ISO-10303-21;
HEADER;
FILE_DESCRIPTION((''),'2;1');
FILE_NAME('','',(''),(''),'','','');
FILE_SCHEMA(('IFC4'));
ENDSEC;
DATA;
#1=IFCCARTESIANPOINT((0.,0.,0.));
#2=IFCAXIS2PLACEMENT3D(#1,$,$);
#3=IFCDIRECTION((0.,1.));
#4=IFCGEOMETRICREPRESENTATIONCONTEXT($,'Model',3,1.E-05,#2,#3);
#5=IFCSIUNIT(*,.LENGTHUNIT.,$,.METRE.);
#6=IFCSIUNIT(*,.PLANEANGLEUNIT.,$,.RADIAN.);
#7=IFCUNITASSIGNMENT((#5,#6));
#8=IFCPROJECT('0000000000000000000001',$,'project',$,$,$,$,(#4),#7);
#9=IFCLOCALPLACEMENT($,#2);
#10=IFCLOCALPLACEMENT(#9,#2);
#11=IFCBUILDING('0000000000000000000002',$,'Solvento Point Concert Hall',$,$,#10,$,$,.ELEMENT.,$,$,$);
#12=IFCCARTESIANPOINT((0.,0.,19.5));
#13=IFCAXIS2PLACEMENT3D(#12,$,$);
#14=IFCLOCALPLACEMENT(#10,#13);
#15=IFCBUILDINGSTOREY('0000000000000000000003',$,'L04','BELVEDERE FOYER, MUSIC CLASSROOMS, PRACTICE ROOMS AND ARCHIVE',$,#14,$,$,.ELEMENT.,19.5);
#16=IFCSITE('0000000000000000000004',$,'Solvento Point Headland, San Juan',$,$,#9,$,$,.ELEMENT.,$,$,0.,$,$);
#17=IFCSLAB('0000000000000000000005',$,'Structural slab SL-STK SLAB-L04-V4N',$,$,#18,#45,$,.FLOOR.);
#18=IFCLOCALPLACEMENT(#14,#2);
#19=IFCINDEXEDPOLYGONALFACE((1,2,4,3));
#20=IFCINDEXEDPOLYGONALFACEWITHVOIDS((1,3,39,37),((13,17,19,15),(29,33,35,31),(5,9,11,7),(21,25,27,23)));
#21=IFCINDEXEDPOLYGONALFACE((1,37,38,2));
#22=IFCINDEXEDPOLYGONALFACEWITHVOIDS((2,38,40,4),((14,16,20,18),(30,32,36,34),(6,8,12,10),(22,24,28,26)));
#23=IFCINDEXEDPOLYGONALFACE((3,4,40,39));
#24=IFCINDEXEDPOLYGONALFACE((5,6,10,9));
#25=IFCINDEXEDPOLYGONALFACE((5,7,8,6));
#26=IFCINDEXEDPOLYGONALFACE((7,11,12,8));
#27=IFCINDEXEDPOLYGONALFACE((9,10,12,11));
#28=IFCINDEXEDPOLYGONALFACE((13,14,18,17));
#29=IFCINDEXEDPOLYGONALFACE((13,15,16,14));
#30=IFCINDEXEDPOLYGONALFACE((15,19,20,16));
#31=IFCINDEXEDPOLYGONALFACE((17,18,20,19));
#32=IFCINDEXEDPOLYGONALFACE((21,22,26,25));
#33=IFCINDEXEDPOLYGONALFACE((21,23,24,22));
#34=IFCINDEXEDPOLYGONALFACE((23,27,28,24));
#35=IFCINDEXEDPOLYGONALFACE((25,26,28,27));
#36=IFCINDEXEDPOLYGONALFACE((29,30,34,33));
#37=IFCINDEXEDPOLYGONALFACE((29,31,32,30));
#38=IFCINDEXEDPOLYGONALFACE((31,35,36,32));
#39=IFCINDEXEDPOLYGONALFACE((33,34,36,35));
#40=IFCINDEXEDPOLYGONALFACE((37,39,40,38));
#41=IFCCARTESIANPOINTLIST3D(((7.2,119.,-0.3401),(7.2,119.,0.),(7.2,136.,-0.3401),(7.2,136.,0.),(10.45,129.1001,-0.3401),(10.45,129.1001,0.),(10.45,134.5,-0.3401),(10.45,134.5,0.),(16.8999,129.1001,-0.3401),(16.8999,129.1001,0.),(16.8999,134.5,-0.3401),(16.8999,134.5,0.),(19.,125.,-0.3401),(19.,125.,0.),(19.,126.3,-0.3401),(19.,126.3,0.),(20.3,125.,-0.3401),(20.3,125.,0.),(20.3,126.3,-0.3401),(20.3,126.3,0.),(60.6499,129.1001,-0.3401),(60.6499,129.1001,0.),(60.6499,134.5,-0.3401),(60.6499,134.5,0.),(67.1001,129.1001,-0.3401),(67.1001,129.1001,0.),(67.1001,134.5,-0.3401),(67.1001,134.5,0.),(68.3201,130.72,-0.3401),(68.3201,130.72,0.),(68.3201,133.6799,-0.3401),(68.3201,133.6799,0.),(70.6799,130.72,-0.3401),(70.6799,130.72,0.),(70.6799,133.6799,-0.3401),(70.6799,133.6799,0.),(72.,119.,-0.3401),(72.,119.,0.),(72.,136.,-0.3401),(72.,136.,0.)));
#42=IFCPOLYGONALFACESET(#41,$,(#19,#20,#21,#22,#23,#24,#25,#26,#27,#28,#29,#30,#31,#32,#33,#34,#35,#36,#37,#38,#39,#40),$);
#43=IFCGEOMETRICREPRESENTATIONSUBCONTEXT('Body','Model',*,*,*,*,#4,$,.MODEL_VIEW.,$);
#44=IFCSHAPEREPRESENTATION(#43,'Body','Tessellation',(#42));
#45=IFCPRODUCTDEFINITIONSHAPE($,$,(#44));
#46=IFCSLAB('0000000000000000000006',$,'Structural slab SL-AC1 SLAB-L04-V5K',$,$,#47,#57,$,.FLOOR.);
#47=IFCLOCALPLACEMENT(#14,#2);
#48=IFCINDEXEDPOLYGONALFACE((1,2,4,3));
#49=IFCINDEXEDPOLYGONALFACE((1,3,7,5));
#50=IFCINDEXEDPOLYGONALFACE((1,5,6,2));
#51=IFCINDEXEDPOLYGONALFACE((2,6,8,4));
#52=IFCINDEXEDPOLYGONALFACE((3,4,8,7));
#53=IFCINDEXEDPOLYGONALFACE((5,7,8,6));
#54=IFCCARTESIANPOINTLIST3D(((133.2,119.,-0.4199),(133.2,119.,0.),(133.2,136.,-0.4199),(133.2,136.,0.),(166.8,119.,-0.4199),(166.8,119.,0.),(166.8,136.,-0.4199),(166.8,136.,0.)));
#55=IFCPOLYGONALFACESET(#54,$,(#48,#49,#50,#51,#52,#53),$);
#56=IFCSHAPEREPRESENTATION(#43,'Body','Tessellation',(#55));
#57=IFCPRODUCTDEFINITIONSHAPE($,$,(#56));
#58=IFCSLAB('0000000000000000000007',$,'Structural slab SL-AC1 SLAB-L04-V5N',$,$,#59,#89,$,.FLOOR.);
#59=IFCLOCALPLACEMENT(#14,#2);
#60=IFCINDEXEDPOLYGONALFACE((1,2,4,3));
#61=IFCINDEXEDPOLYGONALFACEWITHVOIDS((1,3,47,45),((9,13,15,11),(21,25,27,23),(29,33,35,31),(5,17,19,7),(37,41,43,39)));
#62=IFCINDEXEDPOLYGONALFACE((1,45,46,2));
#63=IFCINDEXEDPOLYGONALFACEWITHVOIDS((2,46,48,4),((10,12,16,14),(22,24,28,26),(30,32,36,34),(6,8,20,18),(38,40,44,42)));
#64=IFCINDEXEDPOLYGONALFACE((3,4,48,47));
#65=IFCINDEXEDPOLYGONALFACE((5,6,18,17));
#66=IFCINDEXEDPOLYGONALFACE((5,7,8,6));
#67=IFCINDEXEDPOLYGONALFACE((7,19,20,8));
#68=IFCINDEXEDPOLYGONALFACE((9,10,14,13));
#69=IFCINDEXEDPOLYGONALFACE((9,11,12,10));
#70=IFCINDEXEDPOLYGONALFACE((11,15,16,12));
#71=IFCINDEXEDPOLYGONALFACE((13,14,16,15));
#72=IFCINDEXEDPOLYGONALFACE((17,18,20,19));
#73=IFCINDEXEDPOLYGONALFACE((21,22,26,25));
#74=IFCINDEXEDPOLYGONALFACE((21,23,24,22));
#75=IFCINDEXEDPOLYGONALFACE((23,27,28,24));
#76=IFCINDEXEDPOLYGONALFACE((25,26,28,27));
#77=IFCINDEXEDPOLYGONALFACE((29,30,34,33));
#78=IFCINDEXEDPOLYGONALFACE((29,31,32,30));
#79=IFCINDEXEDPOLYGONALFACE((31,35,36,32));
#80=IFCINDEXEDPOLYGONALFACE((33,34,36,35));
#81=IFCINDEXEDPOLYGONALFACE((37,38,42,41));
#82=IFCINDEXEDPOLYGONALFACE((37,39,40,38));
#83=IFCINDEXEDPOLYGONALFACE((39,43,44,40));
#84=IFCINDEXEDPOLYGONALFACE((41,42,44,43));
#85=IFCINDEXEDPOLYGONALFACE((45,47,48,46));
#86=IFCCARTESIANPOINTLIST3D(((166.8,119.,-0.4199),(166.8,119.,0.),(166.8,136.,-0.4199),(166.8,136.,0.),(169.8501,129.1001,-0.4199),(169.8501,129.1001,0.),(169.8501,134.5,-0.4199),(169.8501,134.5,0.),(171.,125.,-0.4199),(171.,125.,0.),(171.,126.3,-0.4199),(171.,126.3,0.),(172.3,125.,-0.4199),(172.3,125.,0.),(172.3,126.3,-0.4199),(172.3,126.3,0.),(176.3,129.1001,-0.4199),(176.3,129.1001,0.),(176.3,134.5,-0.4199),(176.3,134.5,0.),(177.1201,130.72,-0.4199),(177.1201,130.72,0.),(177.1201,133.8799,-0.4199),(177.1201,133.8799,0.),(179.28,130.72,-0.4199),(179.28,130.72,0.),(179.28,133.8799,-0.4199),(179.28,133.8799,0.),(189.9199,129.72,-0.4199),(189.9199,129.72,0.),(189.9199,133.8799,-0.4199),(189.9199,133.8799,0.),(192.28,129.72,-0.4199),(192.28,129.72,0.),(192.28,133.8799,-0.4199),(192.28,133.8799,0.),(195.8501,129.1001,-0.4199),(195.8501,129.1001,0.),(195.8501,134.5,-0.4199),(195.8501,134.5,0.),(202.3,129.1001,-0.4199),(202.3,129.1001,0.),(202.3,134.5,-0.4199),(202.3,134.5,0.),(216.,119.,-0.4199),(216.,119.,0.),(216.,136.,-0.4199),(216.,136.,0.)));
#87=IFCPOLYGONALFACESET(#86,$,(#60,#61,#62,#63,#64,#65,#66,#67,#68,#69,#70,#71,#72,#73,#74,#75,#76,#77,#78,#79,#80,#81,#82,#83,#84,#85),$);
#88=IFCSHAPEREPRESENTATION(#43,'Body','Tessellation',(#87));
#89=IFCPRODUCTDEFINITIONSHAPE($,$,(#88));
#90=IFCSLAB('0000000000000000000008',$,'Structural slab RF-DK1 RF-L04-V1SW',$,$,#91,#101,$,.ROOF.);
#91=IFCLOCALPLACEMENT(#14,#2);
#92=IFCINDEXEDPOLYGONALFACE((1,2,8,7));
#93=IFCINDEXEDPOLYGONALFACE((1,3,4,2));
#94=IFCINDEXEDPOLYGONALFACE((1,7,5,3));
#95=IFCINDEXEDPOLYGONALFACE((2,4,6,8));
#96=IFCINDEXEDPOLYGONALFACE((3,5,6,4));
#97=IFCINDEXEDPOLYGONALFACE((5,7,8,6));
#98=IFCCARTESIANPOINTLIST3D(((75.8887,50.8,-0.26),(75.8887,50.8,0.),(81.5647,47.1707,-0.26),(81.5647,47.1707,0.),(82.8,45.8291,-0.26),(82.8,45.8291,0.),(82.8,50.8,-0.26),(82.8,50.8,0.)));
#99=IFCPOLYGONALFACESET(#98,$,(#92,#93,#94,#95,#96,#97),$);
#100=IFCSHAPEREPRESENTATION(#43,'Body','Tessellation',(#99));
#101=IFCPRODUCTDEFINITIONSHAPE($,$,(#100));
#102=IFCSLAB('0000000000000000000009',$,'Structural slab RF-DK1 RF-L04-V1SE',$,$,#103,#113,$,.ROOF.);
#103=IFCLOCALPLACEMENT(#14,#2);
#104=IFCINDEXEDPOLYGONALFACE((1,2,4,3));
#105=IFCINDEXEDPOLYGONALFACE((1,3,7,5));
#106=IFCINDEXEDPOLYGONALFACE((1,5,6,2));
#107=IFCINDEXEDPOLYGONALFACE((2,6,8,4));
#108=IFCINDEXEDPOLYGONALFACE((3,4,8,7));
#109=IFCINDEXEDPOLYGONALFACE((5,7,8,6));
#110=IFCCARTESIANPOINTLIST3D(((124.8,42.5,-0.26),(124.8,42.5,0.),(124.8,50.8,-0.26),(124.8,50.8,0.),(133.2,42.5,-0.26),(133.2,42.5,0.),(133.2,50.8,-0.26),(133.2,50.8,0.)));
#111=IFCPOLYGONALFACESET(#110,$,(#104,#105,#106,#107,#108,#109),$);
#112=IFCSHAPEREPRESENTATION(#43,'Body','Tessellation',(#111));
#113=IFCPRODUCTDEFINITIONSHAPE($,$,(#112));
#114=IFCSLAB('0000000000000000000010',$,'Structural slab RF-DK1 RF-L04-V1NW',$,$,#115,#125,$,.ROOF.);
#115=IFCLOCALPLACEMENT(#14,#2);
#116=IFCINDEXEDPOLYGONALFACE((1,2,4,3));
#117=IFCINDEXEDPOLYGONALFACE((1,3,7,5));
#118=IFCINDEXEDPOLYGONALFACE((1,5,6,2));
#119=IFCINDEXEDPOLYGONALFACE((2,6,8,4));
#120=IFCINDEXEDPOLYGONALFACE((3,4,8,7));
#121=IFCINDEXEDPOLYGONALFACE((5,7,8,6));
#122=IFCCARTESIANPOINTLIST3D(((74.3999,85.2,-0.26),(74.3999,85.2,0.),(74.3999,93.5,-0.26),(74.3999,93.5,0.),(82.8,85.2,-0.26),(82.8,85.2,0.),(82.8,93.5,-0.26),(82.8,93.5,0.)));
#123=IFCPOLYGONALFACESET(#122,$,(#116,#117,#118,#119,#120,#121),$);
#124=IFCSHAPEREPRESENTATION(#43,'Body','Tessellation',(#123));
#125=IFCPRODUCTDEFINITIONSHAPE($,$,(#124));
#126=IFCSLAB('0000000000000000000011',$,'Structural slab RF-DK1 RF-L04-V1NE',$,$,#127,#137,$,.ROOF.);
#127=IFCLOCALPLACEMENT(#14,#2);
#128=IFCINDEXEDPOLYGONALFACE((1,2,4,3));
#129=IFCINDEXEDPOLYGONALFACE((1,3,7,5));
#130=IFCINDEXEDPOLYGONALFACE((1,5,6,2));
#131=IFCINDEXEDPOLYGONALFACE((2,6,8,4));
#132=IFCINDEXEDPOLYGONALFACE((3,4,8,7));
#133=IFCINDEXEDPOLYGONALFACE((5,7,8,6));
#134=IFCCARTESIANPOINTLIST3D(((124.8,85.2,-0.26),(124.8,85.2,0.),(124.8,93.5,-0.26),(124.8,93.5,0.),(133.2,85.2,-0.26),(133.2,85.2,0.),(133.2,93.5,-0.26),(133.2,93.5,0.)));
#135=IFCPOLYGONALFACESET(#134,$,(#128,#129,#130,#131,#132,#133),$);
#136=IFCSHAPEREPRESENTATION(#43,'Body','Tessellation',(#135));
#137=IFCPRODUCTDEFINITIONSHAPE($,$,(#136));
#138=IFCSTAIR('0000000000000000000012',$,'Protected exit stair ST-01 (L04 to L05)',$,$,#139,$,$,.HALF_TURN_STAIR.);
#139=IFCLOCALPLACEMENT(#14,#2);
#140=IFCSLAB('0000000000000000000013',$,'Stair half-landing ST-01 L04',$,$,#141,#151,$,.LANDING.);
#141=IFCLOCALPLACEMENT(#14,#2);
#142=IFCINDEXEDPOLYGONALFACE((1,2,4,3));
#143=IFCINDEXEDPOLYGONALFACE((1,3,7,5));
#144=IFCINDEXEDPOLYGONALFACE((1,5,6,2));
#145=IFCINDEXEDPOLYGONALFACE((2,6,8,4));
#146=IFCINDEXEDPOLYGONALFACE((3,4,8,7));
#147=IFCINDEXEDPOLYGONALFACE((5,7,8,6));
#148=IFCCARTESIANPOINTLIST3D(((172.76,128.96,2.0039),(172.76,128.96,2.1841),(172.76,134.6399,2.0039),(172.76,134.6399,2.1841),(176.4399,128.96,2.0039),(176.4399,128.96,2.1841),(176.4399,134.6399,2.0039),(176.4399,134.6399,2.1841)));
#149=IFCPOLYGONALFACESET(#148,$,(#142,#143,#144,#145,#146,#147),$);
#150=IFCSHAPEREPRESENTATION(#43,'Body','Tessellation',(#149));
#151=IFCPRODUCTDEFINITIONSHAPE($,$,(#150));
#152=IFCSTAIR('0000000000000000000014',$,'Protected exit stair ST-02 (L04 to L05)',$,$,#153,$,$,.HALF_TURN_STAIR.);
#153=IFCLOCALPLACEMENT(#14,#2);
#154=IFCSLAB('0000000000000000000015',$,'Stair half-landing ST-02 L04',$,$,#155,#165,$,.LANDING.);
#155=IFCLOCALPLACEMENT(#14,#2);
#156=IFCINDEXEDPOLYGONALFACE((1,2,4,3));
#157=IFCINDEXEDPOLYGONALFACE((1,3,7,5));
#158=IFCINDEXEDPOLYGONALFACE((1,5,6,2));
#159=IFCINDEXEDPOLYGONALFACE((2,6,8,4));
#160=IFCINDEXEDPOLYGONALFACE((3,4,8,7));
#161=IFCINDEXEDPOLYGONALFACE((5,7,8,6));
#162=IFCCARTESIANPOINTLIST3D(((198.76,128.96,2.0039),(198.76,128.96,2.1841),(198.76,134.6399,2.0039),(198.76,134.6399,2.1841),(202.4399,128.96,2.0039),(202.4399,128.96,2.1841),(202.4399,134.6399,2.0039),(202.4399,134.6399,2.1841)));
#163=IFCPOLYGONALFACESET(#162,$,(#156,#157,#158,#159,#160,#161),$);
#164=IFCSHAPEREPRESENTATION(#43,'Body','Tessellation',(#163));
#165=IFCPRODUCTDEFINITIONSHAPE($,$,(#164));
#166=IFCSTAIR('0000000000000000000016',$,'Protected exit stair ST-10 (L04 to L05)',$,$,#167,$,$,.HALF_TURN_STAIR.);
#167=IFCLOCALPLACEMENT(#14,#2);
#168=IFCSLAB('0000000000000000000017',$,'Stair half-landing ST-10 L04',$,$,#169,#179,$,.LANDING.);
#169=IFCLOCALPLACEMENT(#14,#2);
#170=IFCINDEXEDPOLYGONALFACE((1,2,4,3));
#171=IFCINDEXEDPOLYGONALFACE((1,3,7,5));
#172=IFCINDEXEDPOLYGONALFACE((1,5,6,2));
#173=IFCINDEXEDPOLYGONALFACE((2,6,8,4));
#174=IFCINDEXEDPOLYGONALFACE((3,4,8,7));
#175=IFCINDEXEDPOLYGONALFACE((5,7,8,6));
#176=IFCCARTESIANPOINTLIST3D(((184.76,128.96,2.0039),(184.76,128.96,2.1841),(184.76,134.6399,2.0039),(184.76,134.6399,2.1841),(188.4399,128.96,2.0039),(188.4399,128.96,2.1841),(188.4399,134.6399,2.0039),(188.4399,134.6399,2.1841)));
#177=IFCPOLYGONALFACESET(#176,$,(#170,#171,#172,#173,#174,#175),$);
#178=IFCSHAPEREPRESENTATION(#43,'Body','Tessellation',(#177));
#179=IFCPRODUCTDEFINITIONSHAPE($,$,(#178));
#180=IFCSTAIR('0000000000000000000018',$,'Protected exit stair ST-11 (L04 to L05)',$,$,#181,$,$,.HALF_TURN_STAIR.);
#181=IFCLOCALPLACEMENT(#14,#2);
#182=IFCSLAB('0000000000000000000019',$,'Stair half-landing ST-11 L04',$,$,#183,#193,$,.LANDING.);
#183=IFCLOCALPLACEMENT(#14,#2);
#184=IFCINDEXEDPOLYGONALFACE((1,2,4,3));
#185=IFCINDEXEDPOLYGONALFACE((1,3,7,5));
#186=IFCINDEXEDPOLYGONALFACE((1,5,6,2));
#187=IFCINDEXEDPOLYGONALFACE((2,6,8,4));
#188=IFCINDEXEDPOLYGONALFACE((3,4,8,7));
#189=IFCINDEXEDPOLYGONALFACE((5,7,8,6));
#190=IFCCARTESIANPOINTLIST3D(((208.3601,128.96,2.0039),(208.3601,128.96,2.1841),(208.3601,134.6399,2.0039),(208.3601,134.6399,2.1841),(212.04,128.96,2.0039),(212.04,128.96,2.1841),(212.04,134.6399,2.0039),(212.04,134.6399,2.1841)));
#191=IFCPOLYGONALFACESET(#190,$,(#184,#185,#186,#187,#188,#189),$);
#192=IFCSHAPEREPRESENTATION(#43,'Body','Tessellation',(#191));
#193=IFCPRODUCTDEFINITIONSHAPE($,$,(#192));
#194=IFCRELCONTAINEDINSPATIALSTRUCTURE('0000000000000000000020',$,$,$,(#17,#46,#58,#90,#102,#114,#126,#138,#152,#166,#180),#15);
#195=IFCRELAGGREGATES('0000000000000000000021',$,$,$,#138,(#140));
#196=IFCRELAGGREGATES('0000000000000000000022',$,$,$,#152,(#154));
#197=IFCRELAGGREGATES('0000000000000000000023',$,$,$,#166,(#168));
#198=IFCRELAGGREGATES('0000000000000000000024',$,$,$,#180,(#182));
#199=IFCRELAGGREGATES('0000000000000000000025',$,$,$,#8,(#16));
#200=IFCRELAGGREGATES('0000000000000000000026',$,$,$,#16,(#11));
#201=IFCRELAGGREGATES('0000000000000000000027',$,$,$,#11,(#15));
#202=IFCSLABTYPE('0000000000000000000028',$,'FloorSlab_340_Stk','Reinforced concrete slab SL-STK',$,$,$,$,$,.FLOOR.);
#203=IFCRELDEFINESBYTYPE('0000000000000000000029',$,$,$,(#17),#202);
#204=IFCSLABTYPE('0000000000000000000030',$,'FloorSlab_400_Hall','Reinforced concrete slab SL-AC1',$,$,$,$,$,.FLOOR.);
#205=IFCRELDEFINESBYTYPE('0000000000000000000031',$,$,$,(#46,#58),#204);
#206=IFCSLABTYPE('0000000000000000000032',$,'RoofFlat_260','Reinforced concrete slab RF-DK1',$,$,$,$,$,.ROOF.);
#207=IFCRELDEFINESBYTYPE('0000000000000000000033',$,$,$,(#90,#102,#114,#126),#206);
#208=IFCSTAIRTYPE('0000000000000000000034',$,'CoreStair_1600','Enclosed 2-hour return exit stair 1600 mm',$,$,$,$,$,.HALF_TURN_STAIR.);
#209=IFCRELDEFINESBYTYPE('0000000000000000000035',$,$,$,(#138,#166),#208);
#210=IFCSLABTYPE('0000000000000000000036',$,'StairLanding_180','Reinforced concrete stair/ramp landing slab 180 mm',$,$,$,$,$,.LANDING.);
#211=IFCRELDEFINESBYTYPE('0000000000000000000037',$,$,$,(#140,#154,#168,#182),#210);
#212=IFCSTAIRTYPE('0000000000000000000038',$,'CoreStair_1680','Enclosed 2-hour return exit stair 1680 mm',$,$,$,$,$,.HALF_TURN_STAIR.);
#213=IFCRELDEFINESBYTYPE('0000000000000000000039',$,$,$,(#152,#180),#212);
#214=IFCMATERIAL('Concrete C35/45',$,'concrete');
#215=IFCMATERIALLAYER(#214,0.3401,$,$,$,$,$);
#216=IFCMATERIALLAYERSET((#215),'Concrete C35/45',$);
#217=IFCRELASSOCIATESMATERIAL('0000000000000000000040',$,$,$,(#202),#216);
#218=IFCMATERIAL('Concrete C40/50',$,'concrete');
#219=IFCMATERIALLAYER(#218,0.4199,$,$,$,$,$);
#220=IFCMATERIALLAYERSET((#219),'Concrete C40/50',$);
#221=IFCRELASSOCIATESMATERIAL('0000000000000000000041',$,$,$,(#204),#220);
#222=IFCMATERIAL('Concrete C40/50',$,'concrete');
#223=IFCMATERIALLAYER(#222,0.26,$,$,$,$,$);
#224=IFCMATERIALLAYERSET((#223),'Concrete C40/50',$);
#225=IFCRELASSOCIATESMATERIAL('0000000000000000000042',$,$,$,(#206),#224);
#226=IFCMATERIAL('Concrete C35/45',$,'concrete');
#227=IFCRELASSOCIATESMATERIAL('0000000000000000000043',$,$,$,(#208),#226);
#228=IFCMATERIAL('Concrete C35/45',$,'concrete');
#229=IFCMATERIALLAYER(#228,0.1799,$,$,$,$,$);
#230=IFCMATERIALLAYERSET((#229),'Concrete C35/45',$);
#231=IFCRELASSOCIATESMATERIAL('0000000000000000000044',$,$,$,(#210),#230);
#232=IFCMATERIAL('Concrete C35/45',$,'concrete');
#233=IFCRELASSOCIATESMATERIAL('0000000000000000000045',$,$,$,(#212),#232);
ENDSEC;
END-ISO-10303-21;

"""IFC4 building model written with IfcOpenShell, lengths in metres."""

from ifc_helpers import new_model, si_unit, direction, frame, origin, place, context, subcontext, project, spatial, polyline, outline, extrude, material, layer, layer_set, type_object, element, aggregate, save


model = new_model("IFC4")

# Units and contexts
model_context = context("Model", 3, precision=1e-05, world=origin(), true_north=direction((0.0, 1.0)))
body_context = subcontext(model_context, "Body", "Model", "MODEL_VIEW")
ifc_project = project(units=[si_unit("LENGTHUNIT", "METRE"), si_unit("PLANEANGLEUNIT", "RADIAN")], contexts=[model_context])

# Site, building, storey
site_placement = place(None, origin())
site = spatial("IfcSite", under=ifc_project, at=site_placement, Name="Solvento Point Headland, San Juan", CompositionType="ELEMENT", RefElevation=0.0)
building_placement = place(site_placement, origin())
building = spatial("IfcBuilding", under=site, at=building_placement, Name="Solvento Point Concert Hall", CompositionType="ELEMENT")
storey_placement = place(building_placement, frame((0.0, 0.0, 19.5)))
storey = spatial("IfcBuildingStorey", under=building, at=storey_placement, Name="L04", Description="BELVEDERE FOYER, MUSIC CLASSROOMS, PRACTICE ROOMS AND ARCHIVE", CompositionType="ELEMENT", Elevation=19.5)

# Slabs
ifc_material_1 = material(Name="Concrete C35/45", Category="concrete")
ifc_layer_1 = layer(ifc_material_1, 0.3401)
ifc_layer_set_1 = layer_set([ifc_layer_1], Name="Concrete C35/45")
slab_type_1 = type_object("IfcSlabType", Name="FloorSlab_340_Stk", Description="Reinforced concrete slab SL-STK", PredefinedType="FLOOR", material=ifc_layer_set_1)
slab_1_placement = place(storey_placement, frame((0.0, 0.0, -0.3401)))
element("IfcSlab", 1, at=slab_1_placement, inside=storey, type_object=slab_type_1, Name="Structural slab SL-STK SLAB-L04-V4N", PredefinedType="FLOOR", context=body_context, shape_type="SweptSolid", body=[
    extrude(outline(polyline([(7.2, 136.0), (72.0, 136.0), (72.0, 119.0), (7.2, 119.0), (7.2, 136.0)]), holes=[polyline([(70.6799, 130.72), (70.6799, 133.6799), (68.3201, 133.6799), (68.3201, 130.72), (70.6799, 130.72)]), polyline([(67.1001, 129.1001), (67.1001, 134.5), (60.6499, 134.5), (60.6499, 129.1001), (67.1001, 129.1001)]), polyline([(20.3, 126.3), (19.0, 126.3), (19.0, 125.0), (20.3, 125.0), (20.3, 126.3)]), polyline([(16.8999, 134.5), (10.45, 134.5), (10.45, 129.1001), (16.8999, 129.1001), (16.8999, 134.5)])]), origin(), (0.0, 0.0, 1.0), 0.3401),
])
ifc_material_2 = material(Name="Concrete C40/50", Category="concrete")
ifc_layer_2 = layer(ifc_material_2, 0.4199)
ifc_layer_set_2 = layer_set([ifc_layer_2], Name="Concrete C40/50")
slab_type_2 = type_object("IfcSlabType", Name="FloorSlab_400_Hall", Description="Reinforced concrete slab SL-AC1", PredefinedType="FLOOR", material=ifc_layer_set_2)
slab_2_placement = place(storey_placement, frame((0.0, 0.0, -0.4199)))
element("IfcSlab", 2, at=slab_2_placement, inside=storey, type_object=slab_type_2, Name="Structural slab SL-AC1 SLAB-L04-V5K", PredefinedType="FLOOR", context=body_context, shape_type="SweptSolid", body=[
    extrude(outline(polyline([(133.2, 136.0), (166.8, 136.0), (166.8, 119.0), (133.2, 119.0), (133.2, 136.0)])), origin(), (0.0, 0.0, 1.0), 0.4199),
])
slab_3_placement = place(storey_placement, frame((0.0, 0.0, -0.4199)))
element("IfcSlab", 3, at=slab_3_placement, inside=storey, type_object=slab_type_2, Name="Structural slab SL-AC1 SLAB-L04-V5N", PredefinedType="FLOOR", context=body_context, shape_type="SweptSolid", body=[
    extrude(outline(polyline([(166.8, 136.0), (216.0, 136.0), (216.0, 119.0), (166.8, 119.0), (166.8, 136.0)]), holes=[polyline([(202.3, 129.1001), (202.3, 134.5), (195.8501, 134.5), (195.8501, 129.1001), (202.3, 129.1001)]), polyline([(192.28, 133.8799), (189.9199, 133.8799), (189.9199, 129.72), (192.28, 129.72), (192.28, 133.8799)]), polyline([(179.28, 130.72), (179.28, 133.8799), (177.1201, 133.8799), (177.1201, 130.72), (179.28, 130.72)]), polyline([(176.3, 134.5), (169.8501, 134.5), (169.8501, 129.1001), (176.3, 129.1001), (176.3, 134.5)]), polyline([(172.3, 126.3), (171.0, 126.3), (171.0, 125.0), (172.3, 125.0), (172.3, 126.3)])]), origin(), (0.0, 0.0, 1.0), 0.4199),
])
ifc_material_3 = material(Name="Concrete C40/50", Category="concrete")
ifc_layer_3 = layer(ifc_material_3, 0.26)
ifc_layer_set_3 = layer_set([ifc_layer_3], Name="Concrete C40/50")
slab_type_3 = type_object("IfcSlabType", Name="RoofFlat_260", Description="Reinforced concrete slab RF-DK1", PredefinedType="ROOF", material=ifc_layer_set_3)
slab_4_placement = place(storey_placement, frame((0.0, 0.0, -0.26)))
element("IfcSlab", 4, at=slab_4_placement, inside=storey, type_object=slab_type_3, Name="Structural slab RF-DK1 RF-L04-V1SW", PredefinedType="ROOF", context=body_context, shape_type="SweptSolid", body=[
    extrude(outline(polyline([(82.8, 50.8), (82.8, 45.8291), (81.5647, 47.1707), (75.8887, 50.8), (82.8, 50.8)])), origin(), (0.0, 0.0, 1.0), 0.26),
])
slab_5_placement = place(storey_placement, frame((0.0, 0.0, -0.26)))
element("IfcSlab", 5, at=slab_5_placement, inside=storey, type_object=slab_type_3, Name="Structural slab RF-DK1 RF-L04-V1SE", PredefinedType="ROOF", context=body_context, shape_type="SweptSolid", body=[
    extrude(outline(polyline([(124.8, 42.5), (124.8, 50.8), (133.2, 50.8), (133.2, 42.5), (124.8, 42.5)])), origin(), (0.0, 0.0, 1.0), 0.26),
])
slab_6_placement = place(storey_placement, frame((0.0, 0.0, -0.26)))
element("IfcSlab", 6, at=slab_6_placement, inside=storey, type_object=slab_type_3, Name="Structural slab RF-DK1 RF-L04-V1NW", PredefinedType="ROOF", context=body_context, shape_type="SweptSolid", body=[
    extrude(outline(polyline([(74.3999, 85.2), (74.3999, 93.5), (82.8, 93.5), (82.8, 85.2), (74.3999, 85.2)])), origin(), (0.0, 0.0, 1.0), 0.26),
])
slab_7_placement = place(storey_placement, frame((0.0, 0.0, -0.26)))
element("IfcSlab", 7, at=slab_7_placement, inside=storey, type_object=slab_type_3, Name="Structural slab RF-DK1 RF-L04-V1NE", PredefinedType="ROOF", context=body_context, shape_type="SweptSolid", body=[
    extrude(outline(polyline([(124.8, 85.2), (124.8, 93.5), (133.2, 93.5), (133.2, 85.2), (124.8, 85.2)])), origin(), (0.0, 0.0, 1.0), 0.26),
])

# Stairs, slabs
ifc_material_4 = material(Name="Concrete C35/45", Category="concrete")
stair_type_1 = type_object("IfcStairType", Name="CoreStair_1600", Description="Enclosed 2-hour return exit stair 1600 mm", PredefinedType="HALF_TURN_STAIR", material=ifc_material_4)
stair_1_placement = place(storey_placement, origin())
stair_1 = element("IfcStair", 8, at=stair_1_placement, inside=storey, type_object=stair_type_1, Name="Protected exit stair ST-01 (L04 to L05)", PredefinedType="HALF_TURN_STAIR")
ifc_material_5 = material(Name="Concrete C35/45", Category="concrete")
ifc_layer_4 = layer(ifc_material_5, 0.1799)
ifc_layer_set_4 = layer_set([ifc_layer_4], Name="Concrete C35/45")
slab_type_4 = type_object("IfcSlabType", Name="StairLanding_180", Description="Reinforced concrete stair/ramp landing slab 180 mm", PredefinedType="LANDING", material=ifc_layer_set_4)
slab_8_placement = place(storey_placement, frame((0.0, 0.0, 2.0039)))
slab_8 = element("IfcSlab", 9, at=slab_8_placement, type_object=slab_type_4, Name="Stair half-landing ST-01 L04", PredefinedType="LANDING", context=body_context, shape_type="SweptSolid", body=[
    extrude(outline(polyline([(172.76, 128.96), (176.4399, 128.96), (176.4399, 134.6399), (172.76, 134.6399), (172.76, 128.96)])), origin(), (0.0, 0.0, 1.0), 0.1802),
])
aggregate(stair_1, [slab_8])
ifc_material_6 = material(Name="Concrete C35/45", Category="concrete")
stair_type_2 = type_object("IfcStairType", Name="CoreStair_1680", Description="Enclosed 2-hour return exit stair 1680 mm", PredefinedType="HALF_TURN_STAIR", material=ifc_material_6)
stair_2_placement = place(storey_placement, origin())
stair_2 = element("IfcStair", 10, at=stair_2_placement, inside=storey, type_object=stair_type_2, Name="Protected exit stair ST-02 (L04 to L05)", PredefinedType="HALF_TURN_STAIR")
slab_9_placement = place(storey_placement, frame((0.0, 0.0, 2.0039)))
slab_9 = element("IfcSlab", 11, at=slab_9_placement, type_object=slab_type_4, Name="Stair half-landing ST-02 L04", PredefinedType="LANDING", context=body_context, shape_type="SweptSolid", body=[
    extrude(outline(polyline([(198.76, 128.96), (202.4399, 128.96), (202.4399, 134.6399), (198.76, 134.6399), (198.76, 128.96)])), origin(), (0.0, 0.0, 1.0), 0.1802),
])
aggregate(stair_2, [slab_9])
stair_3_placement = place(storey_placement, origin())
stair_3 = element("IfcStair", 12, at=stair_3_placement, inside=storey, type_object=stair_type_1, Name="Protected exit stair ST-10 (L04 to L05)", PredefinedType="HALF_TURN_STAIR")
slab_10_placement = place(storey_placement, frame((0.0, 0.0, 2.0039)))
slab_10 = element("IfcSlab", 13, at=slab_10_placement, type_object=slab_type_4, Name="Stair half-landing ST-10 L04", PredefinedType="LANDING", context=body_context, shape_type="SweptSolid", body=[
    extrude(outline(polyline([(184.76, 128.96), (188.4399, 128.96), (188.4399, 134.6399), (184.76, 134.6399), (184.76, 128.96)])), origin(), (0.0, 0.0, 1.0), 0.1802),
])
aggregate(stair_3, [slab_10])
stair_4_placement = place(storey_placement, origin())
stair_4 = element("IfcStair", 14, at=stair_4_placement, inside=storey, type_object=stair_type_2, Name="Protected exit stair ST-11 (L04 to L05)", PredefinedType="HALF_TURN_STAIR")
slab_11_placement = place(storey_placement, frame((0.0, 0.0, 2.0039)))
slab_11 = element("IfcSlab", 15, at=slab_11_placement, type_object=slab_type_4, Name="Stair half-landing ST-11 L04", PredefinedType="LANDING", context=body_context, shape_type="SweptSolid", body=[
    extrude(outline(polyline([(208.3601, 128.96), (212.04, 128.96), (212.04, 134.6399), (208.3601, 134.6399), (208.3601, 128.96)])), origin(), (0.0, 0.0, 1.0), 0.1802),
])
aggregate(stair_4, [slab_11])

save(model, "model.ifc")
